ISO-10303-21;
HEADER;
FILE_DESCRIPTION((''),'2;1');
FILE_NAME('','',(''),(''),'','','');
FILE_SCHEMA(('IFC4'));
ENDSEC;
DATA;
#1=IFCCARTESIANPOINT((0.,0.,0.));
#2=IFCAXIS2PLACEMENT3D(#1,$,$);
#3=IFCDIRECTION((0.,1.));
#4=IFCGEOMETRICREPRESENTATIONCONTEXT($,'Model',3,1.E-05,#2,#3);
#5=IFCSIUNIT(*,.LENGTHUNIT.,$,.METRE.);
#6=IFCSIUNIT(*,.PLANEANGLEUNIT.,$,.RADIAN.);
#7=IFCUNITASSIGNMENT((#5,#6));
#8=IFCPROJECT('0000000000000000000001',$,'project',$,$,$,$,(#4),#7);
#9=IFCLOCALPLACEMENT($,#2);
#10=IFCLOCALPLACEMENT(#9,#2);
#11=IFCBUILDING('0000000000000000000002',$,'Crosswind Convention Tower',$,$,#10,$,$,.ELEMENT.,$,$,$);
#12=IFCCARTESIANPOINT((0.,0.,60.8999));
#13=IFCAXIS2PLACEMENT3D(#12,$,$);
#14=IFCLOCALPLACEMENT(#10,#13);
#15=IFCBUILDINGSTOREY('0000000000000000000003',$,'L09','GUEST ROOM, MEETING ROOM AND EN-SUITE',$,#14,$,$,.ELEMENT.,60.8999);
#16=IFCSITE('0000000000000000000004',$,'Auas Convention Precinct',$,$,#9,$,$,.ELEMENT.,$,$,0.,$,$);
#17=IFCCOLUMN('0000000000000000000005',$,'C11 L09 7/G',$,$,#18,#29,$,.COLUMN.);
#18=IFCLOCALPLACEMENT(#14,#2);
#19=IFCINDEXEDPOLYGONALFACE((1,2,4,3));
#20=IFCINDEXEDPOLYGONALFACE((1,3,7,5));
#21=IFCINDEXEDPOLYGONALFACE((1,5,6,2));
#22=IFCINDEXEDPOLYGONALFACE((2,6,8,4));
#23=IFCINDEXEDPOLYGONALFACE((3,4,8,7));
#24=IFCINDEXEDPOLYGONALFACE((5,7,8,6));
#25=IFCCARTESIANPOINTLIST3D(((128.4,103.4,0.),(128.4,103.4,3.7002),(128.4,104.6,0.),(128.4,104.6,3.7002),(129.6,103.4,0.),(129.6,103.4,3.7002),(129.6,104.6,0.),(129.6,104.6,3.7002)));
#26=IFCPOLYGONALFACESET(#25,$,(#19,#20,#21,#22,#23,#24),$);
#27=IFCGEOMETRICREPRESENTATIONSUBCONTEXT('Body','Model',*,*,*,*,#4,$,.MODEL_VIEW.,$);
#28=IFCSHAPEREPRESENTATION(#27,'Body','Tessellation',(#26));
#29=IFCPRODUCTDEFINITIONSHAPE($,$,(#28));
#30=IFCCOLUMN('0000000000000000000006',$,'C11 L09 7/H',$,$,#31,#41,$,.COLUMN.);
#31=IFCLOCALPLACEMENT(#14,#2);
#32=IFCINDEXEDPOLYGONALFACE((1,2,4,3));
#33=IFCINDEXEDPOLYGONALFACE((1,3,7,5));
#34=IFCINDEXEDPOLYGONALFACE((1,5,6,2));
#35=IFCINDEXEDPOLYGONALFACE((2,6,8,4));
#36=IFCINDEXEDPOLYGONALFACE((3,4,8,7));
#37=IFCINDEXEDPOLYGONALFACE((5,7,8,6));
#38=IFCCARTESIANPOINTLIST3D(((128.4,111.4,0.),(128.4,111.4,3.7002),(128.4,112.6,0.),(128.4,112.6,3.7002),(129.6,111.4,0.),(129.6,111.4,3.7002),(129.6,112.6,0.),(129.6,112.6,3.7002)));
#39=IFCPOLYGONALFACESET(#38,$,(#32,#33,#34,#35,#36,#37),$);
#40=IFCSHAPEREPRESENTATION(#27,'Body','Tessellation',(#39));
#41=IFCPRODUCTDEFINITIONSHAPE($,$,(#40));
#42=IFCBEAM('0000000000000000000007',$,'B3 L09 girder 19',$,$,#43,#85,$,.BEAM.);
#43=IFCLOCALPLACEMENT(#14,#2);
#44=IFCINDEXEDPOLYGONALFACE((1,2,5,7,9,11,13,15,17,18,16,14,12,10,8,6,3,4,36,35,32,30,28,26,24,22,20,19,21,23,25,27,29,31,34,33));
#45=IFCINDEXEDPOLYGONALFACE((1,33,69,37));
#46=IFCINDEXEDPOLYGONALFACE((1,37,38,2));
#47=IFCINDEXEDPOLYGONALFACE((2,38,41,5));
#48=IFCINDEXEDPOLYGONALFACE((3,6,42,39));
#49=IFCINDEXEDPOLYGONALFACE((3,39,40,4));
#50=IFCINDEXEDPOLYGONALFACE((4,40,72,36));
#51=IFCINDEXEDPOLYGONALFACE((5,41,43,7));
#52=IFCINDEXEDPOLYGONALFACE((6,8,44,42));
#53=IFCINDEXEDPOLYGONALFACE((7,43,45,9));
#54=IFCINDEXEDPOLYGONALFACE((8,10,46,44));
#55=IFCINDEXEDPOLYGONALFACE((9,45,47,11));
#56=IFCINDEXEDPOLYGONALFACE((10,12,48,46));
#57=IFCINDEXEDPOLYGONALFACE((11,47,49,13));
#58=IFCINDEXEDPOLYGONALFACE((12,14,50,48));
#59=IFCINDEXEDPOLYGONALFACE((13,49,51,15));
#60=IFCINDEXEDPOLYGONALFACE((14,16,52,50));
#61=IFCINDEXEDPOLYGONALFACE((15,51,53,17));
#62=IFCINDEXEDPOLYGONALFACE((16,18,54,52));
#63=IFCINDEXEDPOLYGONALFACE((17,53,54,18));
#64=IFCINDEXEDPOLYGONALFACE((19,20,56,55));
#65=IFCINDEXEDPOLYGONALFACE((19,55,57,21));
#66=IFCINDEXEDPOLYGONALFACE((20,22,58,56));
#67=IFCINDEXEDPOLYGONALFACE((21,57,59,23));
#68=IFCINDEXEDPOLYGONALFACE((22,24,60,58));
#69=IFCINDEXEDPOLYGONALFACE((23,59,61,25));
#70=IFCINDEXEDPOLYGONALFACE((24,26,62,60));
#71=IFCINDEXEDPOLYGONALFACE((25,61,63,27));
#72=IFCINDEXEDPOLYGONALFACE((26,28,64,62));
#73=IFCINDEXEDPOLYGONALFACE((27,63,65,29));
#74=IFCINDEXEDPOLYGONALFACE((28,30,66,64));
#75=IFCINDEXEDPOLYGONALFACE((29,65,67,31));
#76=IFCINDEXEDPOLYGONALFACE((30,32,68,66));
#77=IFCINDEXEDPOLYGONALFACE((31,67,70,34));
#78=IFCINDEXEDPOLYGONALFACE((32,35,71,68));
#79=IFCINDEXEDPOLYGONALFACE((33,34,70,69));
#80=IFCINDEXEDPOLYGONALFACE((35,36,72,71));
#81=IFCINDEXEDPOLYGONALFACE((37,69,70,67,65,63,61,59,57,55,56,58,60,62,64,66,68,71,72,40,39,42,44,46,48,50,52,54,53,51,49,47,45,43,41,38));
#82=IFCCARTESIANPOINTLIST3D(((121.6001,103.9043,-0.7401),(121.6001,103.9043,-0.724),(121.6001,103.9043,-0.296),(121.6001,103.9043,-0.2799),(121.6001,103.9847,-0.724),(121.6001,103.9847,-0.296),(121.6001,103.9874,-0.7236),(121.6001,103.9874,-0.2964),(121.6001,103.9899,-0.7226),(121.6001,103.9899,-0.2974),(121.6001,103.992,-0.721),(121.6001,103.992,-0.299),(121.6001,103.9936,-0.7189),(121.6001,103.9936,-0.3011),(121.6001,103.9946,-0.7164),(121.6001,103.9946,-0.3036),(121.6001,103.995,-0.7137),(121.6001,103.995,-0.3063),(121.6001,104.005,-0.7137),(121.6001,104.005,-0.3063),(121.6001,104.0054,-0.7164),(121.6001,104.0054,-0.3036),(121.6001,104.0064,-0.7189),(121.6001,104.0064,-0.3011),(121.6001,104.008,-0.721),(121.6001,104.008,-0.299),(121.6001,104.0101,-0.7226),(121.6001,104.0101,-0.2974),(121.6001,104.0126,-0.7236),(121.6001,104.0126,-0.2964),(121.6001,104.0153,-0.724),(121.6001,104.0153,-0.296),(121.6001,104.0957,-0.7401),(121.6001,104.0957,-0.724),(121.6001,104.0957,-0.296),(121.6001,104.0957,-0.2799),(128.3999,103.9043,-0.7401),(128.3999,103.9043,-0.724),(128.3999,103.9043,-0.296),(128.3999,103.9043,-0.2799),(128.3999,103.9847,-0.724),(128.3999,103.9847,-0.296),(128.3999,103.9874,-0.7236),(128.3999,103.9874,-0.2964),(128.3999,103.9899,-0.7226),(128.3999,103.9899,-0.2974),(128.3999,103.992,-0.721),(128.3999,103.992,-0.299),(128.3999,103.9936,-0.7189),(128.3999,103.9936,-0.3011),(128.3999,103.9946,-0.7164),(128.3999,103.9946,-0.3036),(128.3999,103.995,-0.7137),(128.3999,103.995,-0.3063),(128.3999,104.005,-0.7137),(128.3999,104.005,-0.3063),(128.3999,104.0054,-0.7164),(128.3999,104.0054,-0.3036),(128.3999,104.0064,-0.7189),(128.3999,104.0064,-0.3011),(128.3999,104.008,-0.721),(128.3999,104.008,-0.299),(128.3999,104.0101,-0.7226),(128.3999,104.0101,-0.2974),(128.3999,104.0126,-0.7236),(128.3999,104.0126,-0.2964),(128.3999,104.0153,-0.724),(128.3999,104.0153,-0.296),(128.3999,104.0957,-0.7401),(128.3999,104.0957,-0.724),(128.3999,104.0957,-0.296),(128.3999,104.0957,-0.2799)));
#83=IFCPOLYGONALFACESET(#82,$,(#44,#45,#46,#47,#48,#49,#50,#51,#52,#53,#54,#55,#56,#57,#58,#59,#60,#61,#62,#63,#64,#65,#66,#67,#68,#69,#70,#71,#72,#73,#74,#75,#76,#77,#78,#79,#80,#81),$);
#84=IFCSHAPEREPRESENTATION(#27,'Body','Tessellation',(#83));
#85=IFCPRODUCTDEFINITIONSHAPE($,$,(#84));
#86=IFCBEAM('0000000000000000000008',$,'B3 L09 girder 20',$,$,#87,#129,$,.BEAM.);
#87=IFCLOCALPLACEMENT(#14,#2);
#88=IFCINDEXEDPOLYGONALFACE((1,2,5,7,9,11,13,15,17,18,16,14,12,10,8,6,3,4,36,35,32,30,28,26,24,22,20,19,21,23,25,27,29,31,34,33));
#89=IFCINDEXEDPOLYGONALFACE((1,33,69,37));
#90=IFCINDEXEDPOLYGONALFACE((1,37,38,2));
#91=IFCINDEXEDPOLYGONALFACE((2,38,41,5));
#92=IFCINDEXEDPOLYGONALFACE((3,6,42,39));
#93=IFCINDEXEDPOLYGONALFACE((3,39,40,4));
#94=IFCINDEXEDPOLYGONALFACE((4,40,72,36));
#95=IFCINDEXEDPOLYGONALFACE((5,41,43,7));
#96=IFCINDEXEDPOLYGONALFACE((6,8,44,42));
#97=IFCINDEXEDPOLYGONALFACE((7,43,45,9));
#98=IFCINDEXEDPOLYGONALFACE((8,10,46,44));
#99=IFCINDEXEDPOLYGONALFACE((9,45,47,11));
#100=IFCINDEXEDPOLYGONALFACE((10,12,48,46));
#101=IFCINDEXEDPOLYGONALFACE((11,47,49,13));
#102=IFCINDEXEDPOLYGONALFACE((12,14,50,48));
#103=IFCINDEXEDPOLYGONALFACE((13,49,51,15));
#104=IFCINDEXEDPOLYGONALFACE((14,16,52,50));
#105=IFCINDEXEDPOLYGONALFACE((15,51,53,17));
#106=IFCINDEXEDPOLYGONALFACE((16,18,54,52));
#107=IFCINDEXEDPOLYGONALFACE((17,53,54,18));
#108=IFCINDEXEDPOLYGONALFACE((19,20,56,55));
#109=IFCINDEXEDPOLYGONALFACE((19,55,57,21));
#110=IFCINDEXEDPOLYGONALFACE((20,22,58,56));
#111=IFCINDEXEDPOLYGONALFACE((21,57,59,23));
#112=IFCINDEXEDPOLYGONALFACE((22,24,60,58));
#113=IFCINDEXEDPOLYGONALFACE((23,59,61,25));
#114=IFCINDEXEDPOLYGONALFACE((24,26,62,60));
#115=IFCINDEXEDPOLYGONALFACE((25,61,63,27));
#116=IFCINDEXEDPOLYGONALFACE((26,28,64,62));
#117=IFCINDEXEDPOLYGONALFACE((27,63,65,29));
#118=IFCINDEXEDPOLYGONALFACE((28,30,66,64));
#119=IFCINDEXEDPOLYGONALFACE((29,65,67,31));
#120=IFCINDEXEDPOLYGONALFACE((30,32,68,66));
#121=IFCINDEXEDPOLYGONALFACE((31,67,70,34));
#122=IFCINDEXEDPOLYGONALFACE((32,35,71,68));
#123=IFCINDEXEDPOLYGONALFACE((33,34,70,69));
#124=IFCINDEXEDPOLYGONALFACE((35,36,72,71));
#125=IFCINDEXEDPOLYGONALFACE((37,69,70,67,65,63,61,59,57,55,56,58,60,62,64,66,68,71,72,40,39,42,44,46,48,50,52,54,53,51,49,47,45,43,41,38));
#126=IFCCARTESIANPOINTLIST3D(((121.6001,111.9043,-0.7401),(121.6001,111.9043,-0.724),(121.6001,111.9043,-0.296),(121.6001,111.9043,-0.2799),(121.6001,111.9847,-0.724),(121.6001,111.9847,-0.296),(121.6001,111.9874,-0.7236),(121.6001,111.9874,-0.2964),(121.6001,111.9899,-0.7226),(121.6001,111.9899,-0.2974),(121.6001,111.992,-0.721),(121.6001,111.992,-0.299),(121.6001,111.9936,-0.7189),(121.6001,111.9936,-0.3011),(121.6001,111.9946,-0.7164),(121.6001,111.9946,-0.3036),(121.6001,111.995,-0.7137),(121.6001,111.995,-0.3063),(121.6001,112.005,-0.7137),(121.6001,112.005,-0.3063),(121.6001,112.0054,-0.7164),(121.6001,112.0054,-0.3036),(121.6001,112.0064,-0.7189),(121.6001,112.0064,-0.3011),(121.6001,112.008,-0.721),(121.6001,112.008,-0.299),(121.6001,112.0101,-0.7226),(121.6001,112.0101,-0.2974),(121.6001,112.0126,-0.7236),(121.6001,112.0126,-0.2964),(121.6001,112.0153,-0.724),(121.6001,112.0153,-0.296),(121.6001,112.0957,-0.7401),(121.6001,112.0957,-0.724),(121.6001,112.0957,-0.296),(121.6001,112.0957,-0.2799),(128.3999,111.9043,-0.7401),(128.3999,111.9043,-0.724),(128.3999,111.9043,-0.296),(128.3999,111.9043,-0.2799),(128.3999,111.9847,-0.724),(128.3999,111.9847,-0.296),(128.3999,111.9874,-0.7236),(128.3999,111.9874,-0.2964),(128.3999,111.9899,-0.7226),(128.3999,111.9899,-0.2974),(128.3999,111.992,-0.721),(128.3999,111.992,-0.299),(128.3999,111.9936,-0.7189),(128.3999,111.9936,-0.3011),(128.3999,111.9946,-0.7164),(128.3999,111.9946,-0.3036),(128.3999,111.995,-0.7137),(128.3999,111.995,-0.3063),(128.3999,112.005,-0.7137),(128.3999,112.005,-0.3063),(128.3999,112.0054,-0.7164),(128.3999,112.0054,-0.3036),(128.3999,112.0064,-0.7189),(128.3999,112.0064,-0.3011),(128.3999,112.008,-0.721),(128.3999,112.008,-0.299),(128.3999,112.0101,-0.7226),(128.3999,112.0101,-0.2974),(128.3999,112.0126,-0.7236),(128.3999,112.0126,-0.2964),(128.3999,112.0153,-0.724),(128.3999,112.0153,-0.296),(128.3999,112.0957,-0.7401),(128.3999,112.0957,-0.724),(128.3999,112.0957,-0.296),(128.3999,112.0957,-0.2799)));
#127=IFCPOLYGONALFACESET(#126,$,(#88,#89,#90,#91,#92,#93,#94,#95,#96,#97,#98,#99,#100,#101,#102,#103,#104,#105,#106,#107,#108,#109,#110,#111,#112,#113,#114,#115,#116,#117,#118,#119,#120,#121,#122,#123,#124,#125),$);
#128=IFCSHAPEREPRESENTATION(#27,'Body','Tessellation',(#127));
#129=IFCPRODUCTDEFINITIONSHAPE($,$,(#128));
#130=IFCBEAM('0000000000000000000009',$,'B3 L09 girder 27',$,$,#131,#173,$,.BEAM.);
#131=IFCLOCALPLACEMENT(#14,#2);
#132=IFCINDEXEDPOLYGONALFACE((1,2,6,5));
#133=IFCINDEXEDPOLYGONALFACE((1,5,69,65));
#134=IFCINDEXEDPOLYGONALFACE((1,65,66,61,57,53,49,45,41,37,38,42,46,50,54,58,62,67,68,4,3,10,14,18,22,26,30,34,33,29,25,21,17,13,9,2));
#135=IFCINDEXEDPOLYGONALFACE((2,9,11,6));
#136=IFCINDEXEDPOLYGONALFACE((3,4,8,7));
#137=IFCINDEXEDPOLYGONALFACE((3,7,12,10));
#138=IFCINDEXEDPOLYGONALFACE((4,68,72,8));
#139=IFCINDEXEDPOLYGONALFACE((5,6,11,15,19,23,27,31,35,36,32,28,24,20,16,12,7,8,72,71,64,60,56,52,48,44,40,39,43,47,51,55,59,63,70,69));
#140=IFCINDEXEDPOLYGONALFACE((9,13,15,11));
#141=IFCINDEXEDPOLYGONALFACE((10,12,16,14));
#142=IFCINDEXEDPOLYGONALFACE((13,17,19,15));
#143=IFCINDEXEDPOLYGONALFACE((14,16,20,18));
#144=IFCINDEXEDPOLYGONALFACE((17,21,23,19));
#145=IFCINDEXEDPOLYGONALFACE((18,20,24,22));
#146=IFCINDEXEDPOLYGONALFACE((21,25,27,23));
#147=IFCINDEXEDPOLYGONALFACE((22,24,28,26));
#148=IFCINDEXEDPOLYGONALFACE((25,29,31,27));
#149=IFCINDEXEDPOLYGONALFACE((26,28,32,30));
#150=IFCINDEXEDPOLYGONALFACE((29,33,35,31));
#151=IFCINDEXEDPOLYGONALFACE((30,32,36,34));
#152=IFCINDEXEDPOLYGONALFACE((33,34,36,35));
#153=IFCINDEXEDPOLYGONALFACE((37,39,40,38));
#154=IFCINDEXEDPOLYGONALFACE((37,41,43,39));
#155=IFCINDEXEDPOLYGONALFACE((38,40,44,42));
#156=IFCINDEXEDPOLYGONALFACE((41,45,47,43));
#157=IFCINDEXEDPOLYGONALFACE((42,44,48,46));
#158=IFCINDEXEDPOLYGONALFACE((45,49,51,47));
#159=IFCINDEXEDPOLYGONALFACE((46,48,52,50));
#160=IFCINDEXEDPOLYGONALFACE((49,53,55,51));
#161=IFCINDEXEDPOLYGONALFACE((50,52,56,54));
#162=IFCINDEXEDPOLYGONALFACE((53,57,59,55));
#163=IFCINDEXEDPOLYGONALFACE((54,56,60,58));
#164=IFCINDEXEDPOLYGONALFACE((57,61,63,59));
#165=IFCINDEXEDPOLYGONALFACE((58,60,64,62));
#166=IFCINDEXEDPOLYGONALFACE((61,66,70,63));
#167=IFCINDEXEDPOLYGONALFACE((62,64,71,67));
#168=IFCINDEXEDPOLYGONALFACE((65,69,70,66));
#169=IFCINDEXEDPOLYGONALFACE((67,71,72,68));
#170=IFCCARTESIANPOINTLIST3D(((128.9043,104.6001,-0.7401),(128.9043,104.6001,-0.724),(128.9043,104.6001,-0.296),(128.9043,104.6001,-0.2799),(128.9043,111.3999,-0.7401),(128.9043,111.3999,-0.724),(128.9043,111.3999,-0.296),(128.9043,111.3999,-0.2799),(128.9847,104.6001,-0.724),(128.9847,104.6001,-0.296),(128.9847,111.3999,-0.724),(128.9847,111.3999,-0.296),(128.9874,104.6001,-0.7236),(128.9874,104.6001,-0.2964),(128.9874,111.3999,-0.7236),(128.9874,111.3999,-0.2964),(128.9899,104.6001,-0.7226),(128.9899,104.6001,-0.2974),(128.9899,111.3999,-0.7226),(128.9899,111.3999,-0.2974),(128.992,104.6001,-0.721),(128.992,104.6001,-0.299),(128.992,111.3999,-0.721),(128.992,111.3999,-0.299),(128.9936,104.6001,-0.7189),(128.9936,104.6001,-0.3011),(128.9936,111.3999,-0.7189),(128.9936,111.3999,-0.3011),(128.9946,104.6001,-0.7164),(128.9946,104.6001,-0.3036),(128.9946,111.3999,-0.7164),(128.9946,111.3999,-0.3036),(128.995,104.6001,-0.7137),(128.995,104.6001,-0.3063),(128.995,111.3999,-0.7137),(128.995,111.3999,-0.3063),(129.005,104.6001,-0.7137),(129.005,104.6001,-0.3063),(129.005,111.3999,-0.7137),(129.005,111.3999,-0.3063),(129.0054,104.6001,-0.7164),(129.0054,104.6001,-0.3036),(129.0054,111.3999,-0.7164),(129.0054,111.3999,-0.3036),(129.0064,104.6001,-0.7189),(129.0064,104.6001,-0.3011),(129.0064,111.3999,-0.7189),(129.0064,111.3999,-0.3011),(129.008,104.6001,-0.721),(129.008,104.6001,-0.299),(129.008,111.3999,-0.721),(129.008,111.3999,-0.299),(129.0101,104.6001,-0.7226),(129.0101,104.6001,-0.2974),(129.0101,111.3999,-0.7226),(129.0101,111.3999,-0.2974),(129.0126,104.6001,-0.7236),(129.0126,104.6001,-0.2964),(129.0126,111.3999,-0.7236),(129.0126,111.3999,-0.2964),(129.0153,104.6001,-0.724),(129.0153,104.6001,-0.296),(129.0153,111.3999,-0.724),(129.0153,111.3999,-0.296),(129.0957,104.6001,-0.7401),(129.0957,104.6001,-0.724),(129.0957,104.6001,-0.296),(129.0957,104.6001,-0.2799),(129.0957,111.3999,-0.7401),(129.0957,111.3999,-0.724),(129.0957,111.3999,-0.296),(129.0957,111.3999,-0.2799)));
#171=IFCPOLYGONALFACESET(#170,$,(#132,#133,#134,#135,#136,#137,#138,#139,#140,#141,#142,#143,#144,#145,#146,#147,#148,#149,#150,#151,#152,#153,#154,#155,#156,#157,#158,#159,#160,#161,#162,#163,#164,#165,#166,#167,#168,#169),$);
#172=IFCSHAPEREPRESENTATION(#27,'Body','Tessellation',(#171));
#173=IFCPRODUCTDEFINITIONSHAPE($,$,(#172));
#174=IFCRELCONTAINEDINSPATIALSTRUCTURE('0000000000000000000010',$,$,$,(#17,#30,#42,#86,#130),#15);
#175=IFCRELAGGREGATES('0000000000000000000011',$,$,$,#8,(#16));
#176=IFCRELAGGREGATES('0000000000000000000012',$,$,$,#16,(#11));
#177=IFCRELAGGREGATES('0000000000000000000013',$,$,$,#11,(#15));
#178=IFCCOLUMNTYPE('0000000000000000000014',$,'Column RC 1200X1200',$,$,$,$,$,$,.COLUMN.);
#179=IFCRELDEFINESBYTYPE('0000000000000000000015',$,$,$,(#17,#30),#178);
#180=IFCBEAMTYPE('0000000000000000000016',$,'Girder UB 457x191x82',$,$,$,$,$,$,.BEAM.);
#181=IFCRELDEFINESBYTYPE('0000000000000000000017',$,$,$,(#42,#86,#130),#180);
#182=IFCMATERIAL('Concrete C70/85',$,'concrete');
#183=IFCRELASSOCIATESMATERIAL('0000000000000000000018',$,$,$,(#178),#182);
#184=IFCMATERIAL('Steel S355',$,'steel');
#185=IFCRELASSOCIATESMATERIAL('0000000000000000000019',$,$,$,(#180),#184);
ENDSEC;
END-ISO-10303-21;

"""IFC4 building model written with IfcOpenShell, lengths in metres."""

from ifc_helpers import new_model, si_unit, direction, frame, origin, origin_2d, place, context, subcontext, project, spatial, rectangle, i_section, extrude, material, material_profile, profile_set, type_object, element, save


model = new_model("IFC4")

# Units and contexts
model_context = context("Model", 3, precision=1e-05, world=origin(), true_north=direction((0.0, 1.0)))
body_context = subcontext(model_context, "Body", "Model", "MODEL_VIEW")
ifc_project = project(units=[si_unit("LENGTHUNIT", "METRE"), si_unit("PLANEANGLEUNIT", "RADIAN")], contexts=[model_context])

# Site, building, storey
site_placement = place(None, origin())
site = spatial("IfcSite", under=ifc_project, at=site_placement, Name="Auas Convention Precinct", CompositionType="ELEMENT", RefElevation=0.0)
building_placement = place(site_placement, origin())
building = spatial("IfcBuilding", under=site, at=building_placement, Name="Crosswind Convention Tower", CompositionType="ELEMENT")
storey_placement = place(building_placement, frame((0.0, 0.0, 60.8999)))
storey = spatial("IfcBuildingStorey", under=building, at=storey_placement, Name="L09", Description="GUEST ROOM, MEETING ROOM AND EN-SUITE", CompositionType="ELEMENT", Elevation=60.8999)

# Columns
ifc_material_1 = material(Name="Concrete C70/85", Category="concrete")
ifc_material_profile_1 = material_profile(ifc_material_1, rectangle(XDim=1.2, YDim=1.2, at=origin_2d()), Name="RC 1200X1200")
ifc_profile_set_1 = profile_set([ifc_material_profile_1], Name="Concrete C70/85")
column_type = type_object("IfcColumnType", Name="Column RC 1200X1200", PredefinedType="COLUMN", material=ifc_profile_set_1)
for number, where, z_axis, x_axis, name in (
    (1, (129.0, 104.0, 0.0), (0.0, 0.0, 1.0), (1.0, 0.0, 0.0), "C11 L09 7/G"),
    (2, (129.0, 112.0, 0.0), (0.0, 0.0, 1.0), (1.0, 0.0, 0.0), "C11 L09 7/H"),
):
    element("IfcColumn", number, at=place(storey_placement, frame(where, z_axis=z_axis, x_axis=x_axis)), inside=storey, type_object=column_type, Name=name, PredefinedType="COLUMN", context=body_context, shape_type="SweptSolid", body=[
        extrude(rectangle(XDim=1.2, YDim=1.2, at=origin_2d()), origin(), (0.0, 0.0, 1.0), 3.7002),
    ])

# Beams
ifc_material_2 = material(Name="Steel S355", Category="steel")
ifc_material_profile_2 = material_profile(ifc_material_2, i_section(OverallWidth=0.1914, OverallDepth=0.4602, WebThickness=0.01, FlangeThickness=0.0161, FilletRadius=0.0103, at=origin_2d()), Name="UB 457x191x82")
ifc_profile_set_2 = profile_set([ifc_material_profile_2], Name="Steel S355")
beam_type_1 = type_object("IfcBeamType", Name="Girder UB 457x191x82", PredefinedType="BEAM", material=ifc_profile_set_2)
for number, where, z_axis, x_axis, name in (
    (3, (121.6001, 104.0, -0.51), (1.0, 0.0, 0.0), (0.0, 1.0, 0.0), "B3 L09 girder 19"),
    (4, (121.6001, 112.0, -0.51), (1.0, 0.0, 0.0), (0.0, 1.0, 0.0), "B3 L09 girder 20"),
    (5, (129.0, 104.6001, -0.51), (0.0, 1.0, 0.0), (-1.0, 0.0, 0.0), "B3 L09 girder 27"),
):
    element("IfcBeam", number, at=place(storey_placement, frame(where, z_axis=z_axis, x_axis=x_axis)), inside=storey, type_object=beam_type_1, Name=name, PredefinedType="BEAM", context=body_context, shape_type="SweptSolid", body=[
        extrude(i_section(OverallWidth=0.1914, OverallDepth=0.4602, WebThickness=0.01, FlangeThickness=0.0161, FilletRadius=0.0103, at=origin_2d()), origin(), (0.0, 0.0, 1.0), 6.7998),
    ])

save(model, "model.ifc")
